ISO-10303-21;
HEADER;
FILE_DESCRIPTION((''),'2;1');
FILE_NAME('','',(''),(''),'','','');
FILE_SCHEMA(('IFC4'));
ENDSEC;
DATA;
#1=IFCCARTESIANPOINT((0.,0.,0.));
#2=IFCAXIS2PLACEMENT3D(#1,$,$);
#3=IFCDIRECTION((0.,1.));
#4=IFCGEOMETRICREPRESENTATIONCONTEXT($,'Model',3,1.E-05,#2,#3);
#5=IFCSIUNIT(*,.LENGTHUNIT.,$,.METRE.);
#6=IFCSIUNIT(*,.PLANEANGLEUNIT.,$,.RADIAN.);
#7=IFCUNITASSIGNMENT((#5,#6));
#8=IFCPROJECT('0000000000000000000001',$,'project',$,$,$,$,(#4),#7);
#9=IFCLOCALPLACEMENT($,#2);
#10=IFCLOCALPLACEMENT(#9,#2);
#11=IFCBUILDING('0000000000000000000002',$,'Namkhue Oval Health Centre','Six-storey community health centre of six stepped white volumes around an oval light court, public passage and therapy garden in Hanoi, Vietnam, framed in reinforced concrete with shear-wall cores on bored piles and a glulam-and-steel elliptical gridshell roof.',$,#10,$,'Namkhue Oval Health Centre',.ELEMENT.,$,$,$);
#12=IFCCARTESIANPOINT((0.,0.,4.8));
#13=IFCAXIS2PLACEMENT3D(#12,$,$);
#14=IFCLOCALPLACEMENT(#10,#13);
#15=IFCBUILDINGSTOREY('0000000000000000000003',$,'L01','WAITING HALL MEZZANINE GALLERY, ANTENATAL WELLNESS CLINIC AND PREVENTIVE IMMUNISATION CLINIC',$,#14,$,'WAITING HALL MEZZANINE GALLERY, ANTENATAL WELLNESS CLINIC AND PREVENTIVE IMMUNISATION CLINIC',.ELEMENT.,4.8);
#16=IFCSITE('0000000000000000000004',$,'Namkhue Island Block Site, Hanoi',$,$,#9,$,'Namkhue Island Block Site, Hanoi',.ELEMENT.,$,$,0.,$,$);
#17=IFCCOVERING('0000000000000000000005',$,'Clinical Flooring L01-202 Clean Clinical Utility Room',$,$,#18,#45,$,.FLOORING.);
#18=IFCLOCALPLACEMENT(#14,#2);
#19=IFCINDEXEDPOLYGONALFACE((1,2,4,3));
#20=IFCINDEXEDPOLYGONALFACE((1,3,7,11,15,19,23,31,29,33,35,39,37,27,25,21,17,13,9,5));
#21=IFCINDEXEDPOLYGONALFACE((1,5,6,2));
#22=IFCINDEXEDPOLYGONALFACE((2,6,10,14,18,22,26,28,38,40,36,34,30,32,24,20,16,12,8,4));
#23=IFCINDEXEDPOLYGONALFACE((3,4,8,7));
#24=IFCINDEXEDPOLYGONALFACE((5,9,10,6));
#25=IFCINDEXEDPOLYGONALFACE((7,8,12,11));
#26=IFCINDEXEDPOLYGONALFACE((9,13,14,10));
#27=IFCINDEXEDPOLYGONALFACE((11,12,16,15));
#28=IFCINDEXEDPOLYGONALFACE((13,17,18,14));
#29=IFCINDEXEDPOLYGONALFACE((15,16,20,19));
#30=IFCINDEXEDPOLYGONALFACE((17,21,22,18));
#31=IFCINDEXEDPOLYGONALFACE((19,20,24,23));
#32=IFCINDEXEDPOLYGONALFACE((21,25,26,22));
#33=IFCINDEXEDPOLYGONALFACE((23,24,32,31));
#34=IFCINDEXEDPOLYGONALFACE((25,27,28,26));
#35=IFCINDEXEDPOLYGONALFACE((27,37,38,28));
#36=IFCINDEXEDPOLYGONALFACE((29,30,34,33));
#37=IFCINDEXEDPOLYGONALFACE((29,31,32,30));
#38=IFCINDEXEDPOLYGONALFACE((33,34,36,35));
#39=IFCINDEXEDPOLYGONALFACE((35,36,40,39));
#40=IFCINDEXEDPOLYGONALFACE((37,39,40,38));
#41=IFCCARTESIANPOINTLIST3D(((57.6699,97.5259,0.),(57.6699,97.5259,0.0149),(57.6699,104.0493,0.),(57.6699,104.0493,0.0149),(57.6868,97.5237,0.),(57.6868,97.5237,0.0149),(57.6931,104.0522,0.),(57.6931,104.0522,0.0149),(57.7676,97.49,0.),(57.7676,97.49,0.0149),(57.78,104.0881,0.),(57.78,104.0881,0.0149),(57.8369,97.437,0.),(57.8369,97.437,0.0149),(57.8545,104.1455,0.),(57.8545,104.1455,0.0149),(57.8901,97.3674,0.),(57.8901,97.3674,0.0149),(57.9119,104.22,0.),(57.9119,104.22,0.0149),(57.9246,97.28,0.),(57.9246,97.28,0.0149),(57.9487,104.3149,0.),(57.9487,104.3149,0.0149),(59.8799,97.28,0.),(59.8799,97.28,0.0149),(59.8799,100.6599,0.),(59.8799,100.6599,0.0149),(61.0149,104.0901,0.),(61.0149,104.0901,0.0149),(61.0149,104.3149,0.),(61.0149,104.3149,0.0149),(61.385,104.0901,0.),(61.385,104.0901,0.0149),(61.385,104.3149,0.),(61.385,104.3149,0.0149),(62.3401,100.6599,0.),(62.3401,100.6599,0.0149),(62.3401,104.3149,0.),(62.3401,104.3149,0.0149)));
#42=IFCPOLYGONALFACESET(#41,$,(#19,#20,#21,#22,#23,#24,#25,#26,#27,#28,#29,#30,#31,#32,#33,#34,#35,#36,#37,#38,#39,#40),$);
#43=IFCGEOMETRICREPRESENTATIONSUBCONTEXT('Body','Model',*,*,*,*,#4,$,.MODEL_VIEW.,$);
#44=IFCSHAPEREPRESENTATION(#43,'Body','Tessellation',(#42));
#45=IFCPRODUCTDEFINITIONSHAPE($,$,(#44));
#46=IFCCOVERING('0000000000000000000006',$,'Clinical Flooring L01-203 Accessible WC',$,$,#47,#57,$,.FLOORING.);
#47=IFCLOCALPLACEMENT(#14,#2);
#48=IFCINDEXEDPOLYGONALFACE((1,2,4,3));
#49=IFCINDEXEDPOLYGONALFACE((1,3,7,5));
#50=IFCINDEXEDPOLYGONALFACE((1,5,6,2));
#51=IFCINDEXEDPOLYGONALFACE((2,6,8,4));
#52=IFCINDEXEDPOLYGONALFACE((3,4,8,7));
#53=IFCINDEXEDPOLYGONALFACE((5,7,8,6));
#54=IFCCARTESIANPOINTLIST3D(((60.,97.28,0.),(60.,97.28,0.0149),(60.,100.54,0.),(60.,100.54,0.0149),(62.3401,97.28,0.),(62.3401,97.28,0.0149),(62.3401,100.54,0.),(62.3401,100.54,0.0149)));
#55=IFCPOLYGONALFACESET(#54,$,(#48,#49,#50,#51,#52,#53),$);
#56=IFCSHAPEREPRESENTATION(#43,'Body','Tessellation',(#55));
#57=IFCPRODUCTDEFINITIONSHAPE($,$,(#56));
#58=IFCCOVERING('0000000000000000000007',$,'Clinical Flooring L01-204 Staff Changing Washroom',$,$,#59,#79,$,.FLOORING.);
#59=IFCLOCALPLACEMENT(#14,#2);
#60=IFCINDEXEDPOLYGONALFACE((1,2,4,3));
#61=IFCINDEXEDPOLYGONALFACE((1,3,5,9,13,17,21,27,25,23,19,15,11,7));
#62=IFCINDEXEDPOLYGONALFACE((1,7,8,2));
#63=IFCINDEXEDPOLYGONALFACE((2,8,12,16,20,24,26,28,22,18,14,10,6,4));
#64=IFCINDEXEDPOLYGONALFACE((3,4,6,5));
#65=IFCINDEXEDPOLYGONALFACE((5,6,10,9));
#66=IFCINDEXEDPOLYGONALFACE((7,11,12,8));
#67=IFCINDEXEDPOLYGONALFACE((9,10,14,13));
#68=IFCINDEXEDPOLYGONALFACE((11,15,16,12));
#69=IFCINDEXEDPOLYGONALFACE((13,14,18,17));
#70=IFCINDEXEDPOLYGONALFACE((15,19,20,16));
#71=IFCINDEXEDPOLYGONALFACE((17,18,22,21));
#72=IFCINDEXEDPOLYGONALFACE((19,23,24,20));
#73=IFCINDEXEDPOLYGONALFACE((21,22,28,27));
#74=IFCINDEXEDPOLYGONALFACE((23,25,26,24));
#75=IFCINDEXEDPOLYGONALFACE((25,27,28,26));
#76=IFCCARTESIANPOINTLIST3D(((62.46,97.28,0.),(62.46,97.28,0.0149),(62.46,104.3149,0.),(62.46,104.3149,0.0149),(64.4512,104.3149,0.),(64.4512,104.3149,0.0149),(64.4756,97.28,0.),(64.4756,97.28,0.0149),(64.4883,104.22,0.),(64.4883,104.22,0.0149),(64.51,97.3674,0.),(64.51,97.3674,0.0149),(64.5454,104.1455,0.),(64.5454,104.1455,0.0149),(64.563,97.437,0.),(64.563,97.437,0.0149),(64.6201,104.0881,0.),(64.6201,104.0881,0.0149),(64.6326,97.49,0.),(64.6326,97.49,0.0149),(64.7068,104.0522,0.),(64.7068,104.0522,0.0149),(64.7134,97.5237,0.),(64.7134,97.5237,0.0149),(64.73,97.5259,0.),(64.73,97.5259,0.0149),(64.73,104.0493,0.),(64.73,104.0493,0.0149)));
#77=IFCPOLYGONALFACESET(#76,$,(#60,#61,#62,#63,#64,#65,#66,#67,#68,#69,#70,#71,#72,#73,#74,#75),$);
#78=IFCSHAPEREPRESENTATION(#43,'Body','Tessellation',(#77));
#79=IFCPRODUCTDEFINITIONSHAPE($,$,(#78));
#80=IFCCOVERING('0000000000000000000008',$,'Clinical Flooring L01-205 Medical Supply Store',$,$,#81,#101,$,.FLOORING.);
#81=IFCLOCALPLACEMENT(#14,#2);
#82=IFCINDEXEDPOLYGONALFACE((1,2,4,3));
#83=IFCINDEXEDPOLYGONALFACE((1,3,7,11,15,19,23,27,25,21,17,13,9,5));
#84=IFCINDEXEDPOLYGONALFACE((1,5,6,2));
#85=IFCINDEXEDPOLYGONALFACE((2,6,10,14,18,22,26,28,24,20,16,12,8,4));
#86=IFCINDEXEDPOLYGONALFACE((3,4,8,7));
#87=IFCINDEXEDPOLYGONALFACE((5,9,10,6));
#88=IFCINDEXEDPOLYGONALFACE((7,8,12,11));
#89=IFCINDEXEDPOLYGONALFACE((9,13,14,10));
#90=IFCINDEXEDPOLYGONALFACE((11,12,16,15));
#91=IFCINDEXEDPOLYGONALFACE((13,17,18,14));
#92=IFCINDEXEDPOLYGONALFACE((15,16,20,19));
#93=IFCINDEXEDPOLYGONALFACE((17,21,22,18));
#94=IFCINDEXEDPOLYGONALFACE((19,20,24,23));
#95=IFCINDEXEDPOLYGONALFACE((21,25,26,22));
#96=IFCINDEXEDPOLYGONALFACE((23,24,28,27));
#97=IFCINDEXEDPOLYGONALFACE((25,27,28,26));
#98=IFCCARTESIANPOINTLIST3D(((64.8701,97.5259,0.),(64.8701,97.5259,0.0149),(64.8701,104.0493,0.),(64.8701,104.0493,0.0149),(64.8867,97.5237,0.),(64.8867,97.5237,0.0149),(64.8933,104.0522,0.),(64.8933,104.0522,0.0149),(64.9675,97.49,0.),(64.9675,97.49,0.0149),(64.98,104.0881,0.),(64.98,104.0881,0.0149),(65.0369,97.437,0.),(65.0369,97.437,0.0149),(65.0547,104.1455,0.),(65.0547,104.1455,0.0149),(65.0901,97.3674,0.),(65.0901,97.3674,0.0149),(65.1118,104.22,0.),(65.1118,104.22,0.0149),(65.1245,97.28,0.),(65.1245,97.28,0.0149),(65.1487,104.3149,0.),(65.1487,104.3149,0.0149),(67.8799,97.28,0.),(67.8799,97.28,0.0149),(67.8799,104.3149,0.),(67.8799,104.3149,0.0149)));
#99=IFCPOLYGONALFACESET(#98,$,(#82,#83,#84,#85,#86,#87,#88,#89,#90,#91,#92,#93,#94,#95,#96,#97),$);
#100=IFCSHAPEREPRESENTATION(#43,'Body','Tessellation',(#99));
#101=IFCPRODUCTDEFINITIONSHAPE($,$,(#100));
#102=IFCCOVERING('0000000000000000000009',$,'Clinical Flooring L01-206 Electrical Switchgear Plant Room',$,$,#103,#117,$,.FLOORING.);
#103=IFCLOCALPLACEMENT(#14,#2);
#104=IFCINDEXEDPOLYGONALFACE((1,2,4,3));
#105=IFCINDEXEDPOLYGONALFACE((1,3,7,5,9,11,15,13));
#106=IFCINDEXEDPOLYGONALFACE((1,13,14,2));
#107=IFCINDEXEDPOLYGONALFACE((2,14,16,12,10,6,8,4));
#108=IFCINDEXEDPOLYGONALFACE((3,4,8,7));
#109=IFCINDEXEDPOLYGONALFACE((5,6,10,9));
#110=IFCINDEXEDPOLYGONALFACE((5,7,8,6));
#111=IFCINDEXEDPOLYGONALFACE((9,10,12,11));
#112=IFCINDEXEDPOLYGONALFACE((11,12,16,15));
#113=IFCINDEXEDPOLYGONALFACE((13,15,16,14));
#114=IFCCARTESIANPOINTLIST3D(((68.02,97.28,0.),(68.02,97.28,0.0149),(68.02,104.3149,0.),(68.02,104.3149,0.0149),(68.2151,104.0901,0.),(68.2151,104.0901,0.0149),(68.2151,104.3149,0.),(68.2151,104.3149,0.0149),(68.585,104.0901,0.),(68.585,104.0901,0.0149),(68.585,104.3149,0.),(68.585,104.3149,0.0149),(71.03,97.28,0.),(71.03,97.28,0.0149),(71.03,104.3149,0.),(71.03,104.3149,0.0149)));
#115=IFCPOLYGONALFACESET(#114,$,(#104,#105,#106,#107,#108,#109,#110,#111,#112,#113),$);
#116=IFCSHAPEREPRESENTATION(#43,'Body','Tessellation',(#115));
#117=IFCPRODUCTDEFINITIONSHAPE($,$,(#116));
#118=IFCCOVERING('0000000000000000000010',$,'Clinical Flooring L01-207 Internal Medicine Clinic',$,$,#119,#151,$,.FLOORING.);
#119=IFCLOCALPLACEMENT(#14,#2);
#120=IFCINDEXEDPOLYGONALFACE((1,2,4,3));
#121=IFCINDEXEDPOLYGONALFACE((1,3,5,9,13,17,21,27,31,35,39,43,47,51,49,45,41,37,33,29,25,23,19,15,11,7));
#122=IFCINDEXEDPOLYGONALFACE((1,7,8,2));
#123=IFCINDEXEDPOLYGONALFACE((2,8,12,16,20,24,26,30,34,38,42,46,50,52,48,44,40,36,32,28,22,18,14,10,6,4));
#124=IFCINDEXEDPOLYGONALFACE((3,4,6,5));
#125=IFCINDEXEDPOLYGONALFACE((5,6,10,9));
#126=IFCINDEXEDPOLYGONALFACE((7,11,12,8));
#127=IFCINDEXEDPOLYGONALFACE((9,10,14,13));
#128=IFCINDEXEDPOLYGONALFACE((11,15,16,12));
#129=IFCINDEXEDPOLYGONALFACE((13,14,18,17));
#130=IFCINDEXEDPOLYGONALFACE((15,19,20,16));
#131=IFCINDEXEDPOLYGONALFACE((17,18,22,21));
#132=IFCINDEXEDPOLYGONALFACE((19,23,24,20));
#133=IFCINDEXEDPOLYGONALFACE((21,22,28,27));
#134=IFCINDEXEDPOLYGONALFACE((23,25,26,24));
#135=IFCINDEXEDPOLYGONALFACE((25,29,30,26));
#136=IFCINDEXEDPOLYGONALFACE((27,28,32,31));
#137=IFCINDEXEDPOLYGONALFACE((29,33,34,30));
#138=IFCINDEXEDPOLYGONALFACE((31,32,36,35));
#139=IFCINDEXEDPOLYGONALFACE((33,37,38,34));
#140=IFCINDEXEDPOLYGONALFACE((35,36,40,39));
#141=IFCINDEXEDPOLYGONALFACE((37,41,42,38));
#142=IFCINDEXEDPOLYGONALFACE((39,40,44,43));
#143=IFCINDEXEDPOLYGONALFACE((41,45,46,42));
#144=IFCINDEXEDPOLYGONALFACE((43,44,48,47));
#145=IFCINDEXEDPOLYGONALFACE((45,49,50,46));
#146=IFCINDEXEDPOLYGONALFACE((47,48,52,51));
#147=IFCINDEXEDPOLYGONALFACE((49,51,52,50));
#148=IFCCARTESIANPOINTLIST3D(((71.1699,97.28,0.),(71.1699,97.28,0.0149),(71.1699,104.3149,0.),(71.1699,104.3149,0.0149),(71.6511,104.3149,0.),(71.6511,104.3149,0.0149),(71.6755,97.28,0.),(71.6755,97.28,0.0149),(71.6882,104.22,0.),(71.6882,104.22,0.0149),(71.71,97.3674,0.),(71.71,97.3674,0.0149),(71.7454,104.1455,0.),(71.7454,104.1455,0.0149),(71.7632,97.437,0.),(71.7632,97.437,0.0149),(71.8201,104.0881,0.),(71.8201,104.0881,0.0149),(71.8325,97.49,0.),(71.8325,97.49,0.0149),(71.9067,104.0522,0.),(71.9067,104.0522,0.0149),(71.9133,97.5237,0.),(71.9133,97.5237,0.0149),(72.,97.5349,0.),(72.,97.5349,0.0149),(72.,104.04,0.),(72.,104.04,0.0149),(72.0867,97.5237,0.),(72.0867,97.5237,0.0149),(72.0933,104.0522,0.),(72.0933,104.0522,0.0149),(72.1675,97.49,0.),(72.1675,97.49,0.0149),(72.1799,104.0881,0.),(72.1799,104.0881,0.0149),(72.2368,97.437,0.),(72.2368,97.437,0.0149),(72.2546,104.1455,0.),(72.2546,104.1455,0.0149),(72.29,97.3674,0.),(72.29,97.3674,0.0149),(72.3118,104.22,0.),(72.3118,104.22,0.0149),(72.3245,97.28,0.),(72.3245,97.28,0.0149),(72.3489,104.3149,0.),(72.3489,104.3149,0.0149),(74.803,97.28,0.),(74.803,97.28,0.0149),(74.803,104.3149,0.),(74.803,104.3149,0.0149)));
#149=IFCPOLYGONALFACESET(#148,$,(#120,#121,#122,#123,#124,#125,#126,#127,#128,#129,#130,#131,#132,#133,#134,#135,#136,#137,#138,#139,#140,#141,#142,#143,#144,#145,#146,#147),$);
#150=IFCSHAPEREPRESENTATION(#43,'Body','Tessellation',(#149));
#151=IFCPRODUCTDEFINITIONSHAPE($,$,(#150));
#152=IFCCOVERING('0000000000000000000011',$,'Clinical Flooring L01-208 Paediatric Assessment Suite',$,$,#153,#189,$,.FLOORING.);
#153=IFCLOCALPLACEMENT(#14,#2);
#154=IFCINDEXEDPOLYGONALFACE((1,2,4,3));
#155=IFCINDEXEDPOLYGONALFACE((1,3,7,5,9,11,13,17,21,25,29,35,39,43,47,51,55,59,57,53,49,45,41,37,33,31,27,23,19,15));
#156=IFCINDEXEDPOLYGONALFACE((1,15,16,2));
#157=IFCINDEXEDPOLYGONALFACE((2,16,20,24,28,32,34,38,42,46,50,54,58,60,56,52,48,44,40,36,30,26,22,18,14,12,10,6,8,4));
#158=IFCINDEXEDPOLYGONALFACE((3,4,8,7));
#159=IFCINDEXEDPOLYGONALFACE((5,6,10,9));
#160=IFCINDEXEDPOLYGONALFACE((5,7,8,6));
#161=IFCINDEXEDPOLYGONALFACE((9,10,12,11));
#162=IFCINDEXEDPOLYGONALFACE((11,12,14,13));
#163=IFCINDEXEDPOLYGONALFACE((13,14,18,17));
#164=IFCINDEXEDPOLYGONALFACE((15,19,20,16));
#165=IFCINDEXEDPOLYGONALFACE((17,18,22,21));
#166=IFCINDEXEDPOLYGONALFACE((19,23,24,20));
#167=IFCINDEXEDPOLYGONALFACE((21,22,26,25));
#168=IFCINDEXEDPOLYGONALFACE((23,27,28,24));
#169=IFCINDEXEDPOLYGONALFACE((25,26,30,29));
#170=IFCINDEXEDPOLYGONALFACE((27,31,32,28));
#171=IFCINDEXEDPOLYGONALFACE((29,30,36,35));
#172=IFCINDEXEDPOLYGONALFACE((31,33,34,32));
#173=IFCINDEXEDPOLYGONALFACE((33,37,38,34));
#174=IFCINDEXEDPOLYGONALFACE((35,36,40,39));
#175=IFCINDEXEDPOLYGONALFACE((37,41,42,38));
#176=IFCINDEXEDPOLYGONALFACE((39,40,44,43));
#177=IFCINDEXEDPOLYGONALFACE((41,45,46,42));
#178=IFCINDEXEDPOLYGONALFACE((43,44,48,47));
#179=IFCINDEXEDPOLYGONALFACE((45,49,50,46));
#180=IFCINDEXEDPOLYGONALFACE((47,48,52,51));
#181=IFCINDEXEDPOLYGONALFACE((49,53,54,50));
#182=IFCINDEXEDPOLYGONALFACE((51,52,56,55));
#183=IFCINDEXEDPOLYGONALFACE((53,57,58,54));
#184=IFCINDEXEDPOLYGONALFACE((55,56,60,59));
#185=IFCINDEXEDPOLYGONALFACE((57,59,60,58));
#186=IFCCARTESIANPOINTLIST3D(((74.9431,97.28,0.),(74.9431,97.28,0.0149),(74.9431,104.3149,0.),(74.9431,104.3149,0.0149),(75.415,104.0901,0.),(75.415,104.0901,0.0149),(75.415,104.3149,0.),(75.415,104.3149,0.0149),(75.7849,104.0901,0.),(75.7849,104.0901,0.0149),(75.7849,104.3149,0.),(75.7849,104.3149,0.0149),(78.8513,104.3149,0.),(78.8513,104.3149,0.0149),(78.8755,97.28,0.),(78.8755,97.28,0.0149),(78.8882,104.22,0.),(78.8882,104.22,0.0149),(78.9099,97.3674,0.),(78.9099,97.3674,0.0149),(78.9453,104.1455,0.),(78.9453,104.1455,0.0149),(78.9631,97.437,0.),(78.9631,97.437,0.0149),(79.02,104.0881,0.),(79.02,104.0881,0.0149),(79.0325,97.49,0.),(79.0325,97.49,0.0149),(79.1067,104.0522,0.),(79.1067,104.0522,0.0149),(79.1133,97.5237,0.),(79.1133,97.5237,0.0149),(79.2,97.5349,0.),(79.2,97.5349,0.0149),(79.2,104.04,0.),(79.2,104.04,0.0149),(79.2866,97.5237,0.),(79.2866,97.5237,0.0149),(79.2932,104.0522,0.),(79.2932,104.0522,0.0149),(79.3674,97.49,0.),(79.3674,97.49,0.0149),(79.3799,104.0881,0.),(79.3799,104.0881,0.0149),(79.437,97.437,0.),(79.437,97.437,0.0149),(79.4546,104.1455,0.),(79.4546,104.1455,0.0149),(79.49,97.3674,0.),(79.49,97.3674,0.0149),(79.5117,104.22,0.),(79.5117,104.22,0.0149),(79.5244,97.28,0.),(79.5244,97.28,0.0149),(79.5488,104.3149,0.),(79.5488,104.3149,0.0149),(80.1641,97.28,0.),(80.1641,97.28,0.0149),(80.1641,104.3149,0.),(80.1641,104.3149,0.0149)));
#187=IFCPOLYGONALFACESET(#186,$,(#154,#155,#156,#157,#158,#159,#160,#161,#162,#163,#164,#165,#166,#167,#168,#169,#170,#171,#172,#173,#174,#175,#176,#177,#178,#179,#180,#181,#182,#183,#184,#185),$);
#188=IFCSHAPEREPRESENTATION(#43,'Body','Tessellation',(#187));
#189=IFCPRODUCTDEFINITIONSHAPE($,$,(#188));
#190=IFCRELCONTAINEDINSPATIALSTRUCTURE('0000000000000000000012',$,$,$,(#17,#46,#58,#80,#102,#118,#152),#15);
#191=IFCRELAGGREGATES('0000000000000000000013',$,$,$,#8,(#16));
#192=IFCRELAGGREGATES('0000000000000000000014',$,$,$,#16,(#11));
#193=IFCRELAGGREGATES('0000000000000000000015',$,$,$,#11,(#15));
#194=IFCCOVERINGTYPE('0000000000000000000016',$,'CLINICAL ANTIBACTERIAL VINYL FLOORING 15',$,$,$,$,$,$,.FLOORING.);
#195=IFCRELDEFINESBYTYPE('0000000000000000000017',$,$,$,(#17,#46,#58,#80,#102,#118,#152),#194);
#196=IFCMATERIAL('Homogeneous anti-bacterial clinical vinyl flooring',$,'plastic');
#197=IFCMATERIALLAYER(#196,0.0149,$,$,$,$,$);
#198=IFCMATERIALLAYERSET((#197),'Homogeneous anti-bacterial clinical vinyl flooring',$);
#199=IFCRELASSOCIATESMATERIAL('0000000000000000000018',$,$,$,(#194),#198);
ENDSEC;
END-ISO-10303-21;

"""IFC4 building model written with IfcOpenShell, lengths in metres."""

from ifc_helpers import new_model, si_unit, direction, frame, origin, place, context, subcontext, project, spatial, polyline, outline, extrude, material, layer, layer_set, type_object, element, save


model = new_model("IFC4")

# Units and contexts
model_context = context("Model", 3, precision=1e-05, world=origin(), true_north=direction((0.0, 1.0)))
body_context = subcontext(model_context, "Body", "Model", "MODEL_VIEW")
ifc_project = project(units=[si_unit("LENGTHUNIT", "METRE"), si_unit("PLANEANGLEUNIT", "RADIAN")], contexts=[model_context])

# Site, building, storey
site_placement = place(None, origin())
site = spatial("IfcSite", under=ifc_project, at=site_placement, Name="Namkhue Island Block Site, Hanoi", LongName="Namkhue Island Block Site, Hanoi", CompositionType="ELEMENT", RefElevation=0.0)
building_placement = place(site_placement, origin())
building = spatial("IfcBuilding", under=site, at=building_placement, Name="Namkhue Oval Health Centre", Description="Six-storey community health centre of six stepped white volumes around an oval light court, public passage and therapy garden in Hanoi, Vietnam, framed in reinforced concrete with shear-wall cores on bored piles and a glulam-and-steel elliptical gridshell roof.", LongName="Namkhue Oval Health Centre", CompositionType="ELEMENT")
storey_placement = place(building_placement, frame((0.0, 0.0, 4.8)))
storey = spatial("IfcBuildingStorey", under=building, at=storey_placement, Name="L01", Description="WAITING HALL MEZZANINE GALLERY, ANTENATAL WELLNESS CLINIC AND PREVENTIVE IMMUNISATION CLINIC", LongName="WAITING HALL MEZZANINE GALLERY, ANTENATAL WELLNESS CLINIC AND PREVENTIVE IMMUNISATION CLINIC", CompositionType="ELEMENT", Elevation=4.8)

# Coverings
ifc_material = material(Name="Homogeneous anti-bacterial clinical vinyl flooring", Category="plastic")
ifc_layer = layer(ifc_material, 0.0149)
ifc_layer_set = layer_set([ifc_layer], Name="Homogeneous anti-bacterial clinical vinyl flooring")
covering_type = type_object("IfcCoveringType", Name="CLINICAL ANTIBACTERIAL VINYL FLOORING 15", PredefinedType="FLOORING", material=ifc_layer_set)
covering_1_placement = place(storey_placement, origin())
element("IfcCovering", 1, at=covering_1_placement, inside=storey, type_object=covering_type, Name="Clinical Flooring L01-202 Clean Clinical Utility Room", PredefinedType="FLOORING", context=body_context, shape_type="SweptSolid", body=[
    extrude(outline(polyline([(61.0149, 104.3149), (61.0149, 104.0901), (61.385, 104.0901), (61.385, 104.3149), (62.3401, 104.3149), (62.3401, 100.6599), (59.8799, 100.6599), (59.8799, 97.28), (57.9246, 97.28), (57.8901, 97.3674), (57.8369, 97.437), (57.7676, 97.49), (57.6868, 97.5237), (57.6699, 97.5259), (57.6699, 104.0493), (57.6931, 104.0522), (57.78, 104.0881), (57.8545, 104.1455), (57.9119, 104.22), (57.9487, 104.3149), (61.0149, 104.3149)])), origin(), (0.0, 0.0, 1.0), 0.0149),
])
covering_2_placement = place(storey_placement, origin())
element("IfcCovering", 2, at=covering_2_placement, inside=storey, type_object=covering_type, Name="Clinical Flooring L01-203 Accessible WC", PredefinedType="FLOORING", context=body_context, shape_type="SweptSolid", body=[
    extrude(outline(polyline([(62.3401, 100.54), (62.3401, 97.28), (60.0, 97.28), (60.0, 100.54), (62.3401, 100.54)])), origin(), (0.0, 0.0, 1.0), 0.0149),
])
covering_3_placement = place(storey_placement, origin())
element("IfcCovering", 3, at=covering_3_placement, inside=storey, type_object=covering_type, Name="Clinical Flooring L01-204 Staff Changing Washroom", PredefinedType="FLOORING", context=body_context, shape_type="SweptSolid", body=[
    extrude(outline(polyline([(62.46, 97.28), (62.46, 104.3149), (64.4512, 104.3149), (64.4883, 104.22), (64.5454, 104.1455), (64.6201, 104.0881), (64.7068, 104.0522), (64.73, 104.0493), (64.73, 97.5259), (64.7134, 97.5237), (64.6326, 97.49), (64.563, 97.437), (64.51, 97.3674), (64.4756, 97.28), (62.46, 97.28)])), origin(), (0.0, 0.0, 1.0), 0.0149),
])
covering_4_placement = place(storey_placement, origin())
element("IfcCovering", 4, at=covering_4_placement, inside=storey, type_object=covering_type, Name="Clinical Flooring L01-205 Medical Supply Store", PredefinedType="FLOORING", context=body_context, shape_type="SweptSolid", body=[
    extrude(outline(polyline([(65.1245, 97.28), (65.0901, 97.3674), (65.0369, 97.437), (64.9675, 97.49), (64.8867, 97.5237), (64.8701, 97.5259), (64.8701, 104.0493), (64.8933, 104.0522), (64.98, 104.0881), (65.0547, 104.1455), (65.1118, 104.22), (65.1487, 104.3149), (67.8799, 104.3149), (67.8799, 97.28), (65.1245, 97.28)])), origin(), (0.0, 0.0, 1.0), 0.0149),
])
covering_5_placement = place(storey_placement, origin())
element("IfcCovering", 5, at=covering_5_placement, inside=storey, type_object=covering_type, Name="Clinical Flooring L01-206 Electrical Switchgear Plant Room", PredefinedType="FLOORING", context=body_context, shape_type="SweptSolid", body=[
    extrude(outline(polyline([(68.02, 97.28), (68.02, 104.3149), (68.2151, 104.3149), (68.2151, 104.0901), (68.585, 104.0901), (68.585, 104.3149), (71.03, 104.3149), (71.03, 97.28), (68.02, 97.28)])), origin(), (0.0, 0.0, 1.0), 0.0149),
])
covering_6_placement = place(storey_placement, origin())
element("IfcCovering", 6, at=covering_6_placement, inside=storey, type_object=covering_type, Name="Clinical Flooring L01-207 Internal Medicine Clinic", PredefinedType="FLOORING", context=body_context, shape_type="SweptSolid", body=[
    extrude(outline(polyline([(72.3245, 97.28), (72.29, 97.3674), (72.2368, 97.437), (72.1675, 97.49), (72.0867, 97.5237), (72.0, 97.5349), (71.9133, 97.5237), (71.8325, 97.49), (71.7632, 97.437), (71.71, 97.3674), (71.6755, 97.28), (71.1699, 97.28), (71.1699, 104.3149), (71.6511, 104.3149), (71.6882, 104.22), (71.7454, 104.1455), (71.8201, 104.0881), (71.9067, 104.0522), (72.0, 104.04), (72.0933, 104.0522), (72.1799, 104.0881), (72.2546, 104.1455), (72.3118, 104.22), (72.3489, 104.3149), (74.803, 104.3149), (74.803, 97.28), (72.3245, 97.28)])), origin(), (0.0, 0.0, 1.0), 0.0149),
])
covering_7_placement = place(storey_placement, origin())
element("IfcCovering", 7, at=covering_7_placement, inside=storey, type_object=covering_type, Name="Clinical Flooring L01-208 Paediatric Assessment Suite", PredefinedType="FLOORING", context=body_context, shape_type="SweptSolid", body=[
    extrude(outline(polyline([(79.5244, 97.28), (79.49, 97.3674), (79.437, 97.437), (79.3674, 97.49), (79.2866, 97.5237), (79.2, 97.5349), (79.1133, 97.5237), (79.0325, 97.49), (78.9631, 97.437), (78.9099, 97.3674), (78.8755, 97.28), (74.9431, 97.28), (74.9431, 104.3149), (75.415, 104.3149), (75.415, 104.0901), (75.7849, 104.0901), (75.7849, 104.3149), (78.8513, 104.3149), (78.8882, 104.22), (78.9453, 104.1455), (79.02, 104.0881), (79.1067, 104.0522), (79.2, 104.04), (79.2932, 104.0522), (79.3799, 104.0881), (79.4546, 104.1455), (79.5117, 104.22), (79.5488, 104.3149), (80.1641, 104.3149), (80.1641, 97.28), (79.5244, 97.28)])), origin(), (0.0, 0.0, 1.0), 0.0149),
])

save(model, "model.ifc")
